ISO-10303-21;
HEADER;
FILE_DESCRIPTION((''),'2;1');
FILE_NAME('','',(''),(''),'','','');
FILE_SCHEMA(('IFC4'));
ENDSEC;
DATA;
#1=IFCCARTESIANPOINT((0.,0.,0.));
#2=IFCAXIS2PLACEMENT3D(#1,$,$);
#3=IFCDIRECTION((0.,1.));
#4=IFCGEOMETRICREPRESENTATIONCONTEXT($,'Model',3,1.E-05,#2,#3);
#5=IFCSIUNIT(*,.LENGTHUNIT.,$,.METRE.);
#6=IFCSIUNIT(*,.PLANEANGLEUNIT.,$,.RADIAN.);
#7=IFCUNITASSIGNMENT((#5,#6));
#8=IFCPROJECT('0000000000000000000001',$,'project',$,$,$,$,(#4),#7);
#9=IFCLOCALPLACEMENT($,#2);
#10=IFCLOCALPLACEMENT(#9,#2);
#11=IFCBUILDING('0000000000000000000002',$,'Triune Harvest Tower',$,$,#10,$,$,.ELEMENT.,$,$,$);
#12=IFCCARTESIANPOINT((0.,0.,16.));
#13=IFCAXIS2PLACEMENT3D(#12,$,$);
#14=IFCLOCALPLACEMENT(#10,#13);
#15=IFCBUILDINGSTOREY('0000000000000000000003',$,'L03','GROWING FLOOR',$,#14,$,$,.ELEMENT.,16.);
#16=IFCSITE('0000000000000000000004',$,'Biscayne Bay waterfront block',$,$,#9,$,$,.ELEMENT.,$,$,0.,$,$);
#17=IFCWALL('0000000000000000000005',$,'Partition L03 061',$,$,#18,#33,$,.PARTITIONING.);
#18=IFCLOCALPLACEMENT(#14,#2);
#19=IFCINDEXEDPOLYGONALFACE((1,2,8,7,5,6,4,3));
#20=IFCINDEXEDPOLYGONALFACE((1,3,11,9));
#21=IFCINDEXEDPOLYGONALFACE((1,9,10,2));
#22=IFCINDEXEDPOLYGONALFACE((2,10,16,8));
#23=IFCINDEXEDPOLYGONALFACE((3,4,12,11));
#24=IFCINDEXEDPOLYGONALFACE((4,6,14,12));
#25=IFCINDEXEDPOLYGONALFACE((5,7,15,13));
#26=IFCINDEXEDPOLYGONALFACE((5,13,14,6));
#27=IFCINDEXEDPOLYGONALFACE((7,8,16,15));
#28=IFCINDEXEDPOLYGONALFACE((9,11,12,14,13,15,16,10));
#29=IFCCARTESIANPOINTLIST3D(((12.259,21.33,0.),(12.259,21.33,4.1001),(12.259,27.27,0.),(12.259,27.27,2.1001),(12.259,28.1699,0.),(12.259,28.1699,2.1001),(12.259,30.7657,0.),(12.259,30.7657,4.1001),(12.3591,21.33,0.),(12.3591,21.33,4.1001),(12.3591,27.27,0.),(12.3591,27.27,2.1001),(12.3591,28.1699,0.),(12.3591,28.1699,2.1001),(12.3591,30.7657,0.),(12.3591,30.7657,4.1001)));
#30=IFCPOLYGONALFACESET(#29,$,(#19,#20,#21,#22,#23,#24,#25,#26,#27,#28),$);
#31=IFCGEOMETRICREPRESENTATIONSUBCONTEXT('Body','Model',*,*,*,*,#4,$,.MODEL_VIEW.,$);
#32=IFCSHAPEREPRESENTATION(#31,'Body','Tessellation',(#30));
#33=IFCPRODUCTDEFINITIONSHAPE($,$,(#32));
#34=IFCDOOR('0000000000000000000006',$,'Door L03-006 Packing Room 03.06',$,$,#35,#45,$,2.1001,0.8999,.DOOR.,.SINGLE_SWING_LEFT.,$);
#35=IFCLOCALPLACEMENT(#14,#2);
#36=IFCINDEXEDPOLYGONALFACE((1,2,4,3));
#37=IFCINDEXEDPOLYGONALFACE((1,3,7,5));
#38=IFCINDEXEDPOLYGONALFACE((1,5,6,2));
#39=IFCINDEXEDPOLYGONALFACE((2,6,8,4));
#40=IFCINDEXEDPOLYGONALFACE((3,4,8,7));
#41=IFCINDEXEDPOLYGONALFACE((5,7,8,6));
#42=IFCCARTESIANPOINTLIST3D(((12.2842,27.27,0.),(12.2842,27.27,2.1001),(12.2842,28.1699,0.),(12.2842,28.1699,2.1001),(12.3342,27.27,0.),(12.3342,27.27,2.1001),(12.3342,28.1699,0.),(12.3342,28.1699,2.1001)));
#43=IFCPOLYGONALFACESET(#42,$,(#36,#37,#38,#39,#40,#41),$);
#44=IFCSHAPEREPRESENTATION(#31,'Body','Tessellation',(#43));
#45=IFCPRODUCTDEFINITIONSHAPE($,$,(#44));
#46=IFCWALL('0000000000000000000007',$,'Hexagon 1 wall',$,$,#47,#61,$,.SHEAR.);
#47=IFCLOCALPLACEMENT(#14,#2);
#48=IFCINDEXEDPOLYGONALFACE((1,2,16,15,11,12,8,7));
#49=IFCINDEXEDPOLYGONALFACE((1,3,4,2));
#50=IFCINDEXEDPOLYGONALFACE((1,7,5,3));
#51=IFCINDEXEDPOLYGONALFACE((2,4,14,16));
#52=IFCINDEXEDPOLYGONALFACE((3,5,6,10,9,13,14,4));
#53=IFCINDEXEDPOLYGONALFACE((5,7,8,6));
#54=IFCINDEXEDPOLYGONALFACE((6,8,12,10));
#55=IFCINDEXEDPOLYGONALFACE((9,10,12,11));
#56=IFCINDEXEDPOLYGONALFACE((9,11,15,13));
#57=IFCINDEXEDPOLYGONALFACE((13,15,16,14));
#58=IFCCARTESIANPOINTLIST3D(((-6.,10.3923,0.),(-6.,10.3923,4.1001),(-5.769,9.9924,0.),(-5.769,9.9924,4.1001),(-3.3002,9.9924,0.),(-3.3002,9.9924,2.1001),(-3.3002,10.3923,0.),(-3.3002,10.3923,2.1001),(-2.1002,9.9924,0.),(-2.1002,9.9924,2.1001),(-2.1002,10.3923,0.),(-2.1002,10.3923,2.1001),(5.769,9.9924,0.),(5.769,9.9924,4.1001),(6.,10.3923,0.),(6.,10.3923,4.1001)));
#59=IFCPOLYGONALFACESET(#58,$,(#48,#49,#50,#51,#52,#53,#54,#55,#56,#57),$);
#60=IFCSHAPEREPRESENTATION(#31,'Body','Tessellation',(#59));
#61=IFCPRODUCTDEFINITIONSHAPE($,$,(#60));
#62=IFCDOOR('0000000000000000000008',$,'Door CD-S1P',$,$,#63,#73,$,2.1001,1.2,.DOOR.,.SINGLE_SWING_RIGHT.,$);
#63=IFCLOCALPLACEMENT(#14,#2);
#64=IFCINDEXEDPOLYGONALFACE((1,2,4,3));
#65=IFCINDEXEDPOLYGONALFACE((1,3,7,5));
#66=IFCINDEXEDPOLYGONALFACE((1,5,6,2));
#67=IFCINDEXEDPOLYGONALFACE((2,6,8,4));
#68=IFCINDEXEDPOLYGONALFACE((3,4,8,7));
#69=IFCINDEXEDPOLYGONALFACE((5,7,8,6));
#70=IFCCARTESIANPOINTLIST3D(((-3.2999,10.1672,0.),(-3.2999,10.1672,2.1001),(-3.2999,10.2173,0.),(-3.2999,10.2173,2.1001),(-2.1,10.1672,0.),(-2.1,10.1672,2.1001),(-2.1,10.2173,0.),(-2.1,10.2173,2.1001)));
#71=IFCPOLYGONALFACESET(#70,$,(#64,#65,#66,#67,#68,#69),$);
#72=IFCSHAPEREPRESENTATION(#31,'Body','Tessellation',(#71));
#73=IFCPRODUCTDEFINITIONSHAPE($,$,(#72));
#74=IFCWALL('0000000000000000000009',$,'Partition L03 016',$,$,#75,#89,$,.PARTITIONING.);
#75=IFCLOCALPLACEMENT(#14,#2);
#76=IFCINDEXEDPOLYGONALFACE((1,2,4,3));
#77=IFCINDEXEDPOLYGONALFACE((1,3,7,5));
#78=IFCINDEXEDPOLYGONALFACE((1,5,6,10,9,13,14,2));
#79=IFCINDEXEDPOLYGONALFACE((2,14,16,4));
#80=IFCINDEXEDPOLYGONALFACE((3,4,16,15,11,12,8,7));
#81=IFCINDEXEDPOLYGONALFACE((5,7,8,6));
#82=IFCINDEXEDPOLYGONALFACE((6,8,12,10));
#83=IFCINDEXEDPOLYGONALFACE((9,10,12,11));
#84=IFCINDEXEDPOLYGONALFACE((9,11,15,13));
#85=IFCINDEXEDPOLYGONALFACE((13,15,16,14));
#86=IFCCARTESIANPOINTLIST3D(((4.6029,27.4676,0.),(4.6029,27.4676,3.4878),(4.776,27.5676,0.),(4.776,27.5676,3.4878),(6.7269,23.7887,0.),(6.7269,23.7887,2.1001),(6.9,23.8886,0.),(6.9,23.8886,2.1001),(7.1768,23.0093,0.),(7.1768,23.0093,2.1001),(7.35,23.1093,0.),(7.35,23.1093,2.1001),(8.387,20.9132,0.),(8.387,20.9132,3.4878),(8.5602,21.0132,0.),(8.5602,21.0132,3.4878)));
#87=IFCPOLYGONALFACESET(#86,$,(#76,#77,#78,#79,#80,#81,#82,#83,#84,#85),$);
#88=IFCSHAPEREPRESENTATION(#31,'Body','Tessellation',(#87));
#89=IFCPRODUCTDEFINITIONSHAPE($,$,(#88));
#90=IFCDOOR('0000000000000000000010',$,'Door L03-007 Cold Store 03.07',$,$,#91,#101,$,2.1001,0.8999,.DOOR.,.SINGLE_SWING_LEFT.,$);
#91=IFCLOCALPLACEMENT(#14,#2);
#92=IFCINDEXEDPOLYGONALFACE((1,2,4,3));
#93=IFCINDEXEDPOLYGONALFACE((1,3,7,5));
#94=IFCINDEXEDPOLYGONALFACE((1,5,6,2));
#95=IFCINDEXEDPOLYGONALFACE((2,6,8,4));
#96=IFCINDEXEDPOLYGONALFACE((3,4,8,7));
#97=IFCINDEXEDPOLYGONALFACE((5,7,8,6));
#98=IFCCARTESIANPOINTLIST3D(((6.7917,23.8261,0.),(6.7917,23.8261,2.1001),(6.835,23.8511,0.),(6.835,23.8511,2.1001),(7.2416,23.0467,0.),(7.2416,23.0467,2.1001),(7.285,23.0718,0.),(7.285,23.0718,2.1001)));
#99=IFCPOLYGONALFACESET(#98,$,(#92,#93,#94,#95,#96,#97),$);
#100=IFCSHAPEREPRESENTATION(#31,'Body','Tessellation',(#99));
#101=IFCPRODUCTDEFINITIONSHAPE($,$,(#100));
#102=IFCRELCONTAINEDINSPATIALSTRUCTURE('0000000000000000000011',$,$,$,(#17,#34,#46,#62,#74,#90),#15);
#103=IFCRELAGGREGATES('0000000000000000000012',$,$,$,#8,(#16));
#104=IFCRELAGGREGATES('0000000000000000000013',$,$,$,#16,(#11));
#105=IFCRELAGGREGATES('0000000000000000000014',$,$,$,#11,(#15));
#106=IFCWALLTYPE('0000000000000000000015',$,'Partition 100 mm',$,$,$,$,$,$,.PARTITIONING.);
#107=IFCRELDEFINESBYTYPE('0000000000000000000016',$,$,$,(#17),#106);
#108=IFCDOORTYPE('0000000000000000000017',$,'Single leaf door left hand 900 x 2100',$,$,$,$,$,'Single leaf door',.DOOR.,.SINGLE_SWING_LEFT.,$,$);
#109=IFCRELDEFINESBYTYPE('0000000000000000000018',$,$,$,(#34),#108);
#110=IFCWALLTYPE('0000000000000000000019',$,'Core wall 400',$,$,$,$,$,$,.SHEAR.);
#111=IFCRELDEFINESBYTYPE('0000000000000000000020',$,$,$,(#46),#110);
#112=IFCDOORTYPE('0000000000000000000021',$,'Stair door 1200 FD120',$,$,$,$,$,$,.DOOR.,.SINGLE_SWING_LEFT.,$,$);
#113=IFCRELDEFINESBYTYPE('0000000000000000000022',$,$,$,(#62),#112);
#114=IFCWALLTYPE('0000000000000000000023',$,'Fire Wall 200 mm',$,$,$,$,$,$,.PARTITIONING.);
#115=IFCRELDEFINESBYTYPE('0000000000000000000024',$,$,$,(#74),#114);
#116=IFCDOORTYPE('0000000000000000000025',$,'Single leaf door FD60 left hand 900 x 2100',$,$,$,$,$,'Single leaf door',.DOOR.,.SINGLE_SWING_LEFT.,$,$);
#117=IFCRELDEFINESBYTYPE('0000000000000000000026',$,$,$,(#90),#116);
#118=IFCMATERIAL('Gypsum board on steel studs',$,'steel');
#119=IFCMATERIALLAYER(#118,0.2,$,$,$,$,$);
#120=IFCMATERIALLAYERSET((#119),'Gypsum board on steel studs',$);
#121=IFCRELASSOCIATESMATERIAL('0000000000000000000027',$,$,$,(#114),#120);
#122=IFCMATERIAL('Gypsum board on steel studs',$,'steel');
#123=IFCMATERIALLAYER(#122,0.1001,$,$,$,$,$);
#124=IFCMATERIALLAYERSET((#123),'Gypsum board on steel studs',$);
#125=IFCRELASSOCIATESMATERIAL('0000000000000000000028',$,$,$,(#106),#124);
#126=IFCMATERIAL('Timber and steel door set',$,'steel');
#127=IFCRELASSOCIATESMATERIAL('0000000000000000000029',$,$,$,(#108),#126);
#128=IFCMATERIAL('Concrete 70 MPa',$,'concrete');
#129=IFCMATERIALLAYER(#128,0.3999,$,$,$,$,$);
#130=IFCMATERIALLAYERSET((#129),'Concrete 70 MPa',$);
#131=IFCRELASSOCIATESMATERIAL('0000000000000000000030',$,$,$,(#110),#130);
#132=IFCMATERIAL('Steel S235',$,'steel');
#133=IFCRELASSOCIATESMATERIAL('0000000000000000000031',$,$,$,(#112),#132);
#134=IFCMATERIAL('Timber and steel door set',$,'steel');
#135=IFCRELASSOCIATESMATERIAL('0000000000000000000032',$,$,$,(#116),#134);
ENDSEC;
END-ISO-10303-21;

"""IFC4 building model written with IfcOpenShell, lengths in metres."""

from ifc_helpers import new_model, si_unit, direction, frame, frame_2d, origin, place, context, subcontext, project, spatial, polyline, rectangle, outline, extrude, source, transform, mapped, material, layer, layer_set, type_object, element, fill, save


model = new_model("IFC4")

# Units and contexts
model_context = context("Model", 3, precision=1e-05, world=origin(), true_north=direction((0.0, 1.0)))
body_context = subcontext(model_context, "Body", "Model", "MODEL_VIEW")
ifc_project = project(units=[si_unit("LENGTHUNIT", "METRE"), si_unit("PLANEANGLEUNIT", "RADIAN")], contexts=[model_context])

# Site, building, storey
site_placement = place(None, origin())
site = spatial("IfcSite", under=ifc_project, at=site_placement, Name="Biscayne Bay waterfront block", CompositionType="ELEMENT", RefElevation=0.0)
building_placement = place(site_placement, origin())
building = spatial("IfcBuilding", under=site, at=building_placement, Name="Triune Harvest Tower", CompositionType="ELEMENT")
storey_placement = place(building_placement, frame((0.0, 0.0, 16.0)))
storey = spatial("IfcBuildingStorey", under=building, at=storey_placement, Name="L03", Description="GROWING FLOOR", CompositionType="ELEMENT", Elevation=16.0)

# Shared definitions
ifc_material_1 = material(Name="Gypsum board on steel studs", Category="steel")
ifc_layer_1 = layer(ifc_material_1, 0.2)
ifc_layer_set_1 = layer_set([ifc_layer_1], Name="Gypsum board on steel studs")
wall_type_1 = type_object("IfcWallType", Name="Fire Wall 200 mm", PredefinedType="PARTITIONING", material=ifc_layer_set_1)

# Walls, openings, doors
ifc_material_2 = material(Name="Gypsum board on steel studs", Category="steel")
ifc_layer_2 = layer(ifc_material_2, 0.1001)
ifc_layer_set_2 = layer_set([ifc_layer_2], Name="Gypsum board on steel studs")
wall_type_2 = type_object("IfcWallType", Name="Partition 100 mm", PredefinedType="PARTITIONING", material=ifc_layer_set_2)
wall_1_placement = place(storey_placement, frame((12.3091, 21.3301, 0.0), z_axis=(0.0, 0.0, 1.0), x_axis=(0.0, 1.0, 0.0)))
wall_1 = element("IfcWall", 1, at=wall_1_placement, inside=storey, type_object=wall_type_2, Name="Partition L03 061", PredefinedType="PARTITIONING", context=body_context, shape_type="SweptSolid", body=[
    extrude(rectangle(XDim=9.4358, YDim=0.1001, at=frame_2d((4.7178, 0.0))), origin(), (0.0, 0.0, 1.0), 4.1001),
])
opening_1_placement = place(wall_1_placement, frame((5.9399, 0.0, 0.0)))
opening_1 = element("IfcOpeningElement", 2, at=opening_1_placement, cuts=wall_1, PredefinedType="OPENING", context=body_context, shape_type="SweptSolid", body=[
    extrude(rectangle(XDim=0.8999, YDim=2.1001, at=frame_2d((0.45, 1.05))), frame((0.0, 0.0601, 0.0), z_axis=(0.0, -1.0, 0.0), x_axis=(1.0, 0.0, 0.0)), (0.0, 0.0, 1.0), 0.1201),
])
ifc_material_3 = material(Name="Timber and steel door set", Category="steel")
door_type_1 = type_object("IfcDoorType", Name="Single leaf door left hand 900 x 2100", ElementType="Single leaf door", OperationType="SINGLE_SWING_LEFT", PredefinedType="DOOR", material=ifc_material_3)
door_1_placement = place(opening_1_placement, origin())
door_1 = element("IfcDoor", 3, at=door_1_placement, inside=storey, type_object=door_type_1, Name="Door L03-006 Packing Room 03.06", OperationType="SINGLE_SWING_LEFT", OverallHeight=2.1001, OverallWidth=0.8999, PredefinedType="DOOR", context=body_context, shape_type="SweptSolid", body=[
    extrude(rectangle(XDim=0.8999, YDim=2.1001, at=frame_2d((0.45, 1.05))), frame((0.0, 0.0249, 0.0), z_axis=(0.0, -1.0, 0.0), x_axis=(1.0, 0.0, 0.0)), (0.0, 0.0, 1.0), 0.05),
])
fill(opening_1, door_1)
ifc_material_4 = material(Name="Concrete 70 MPa", Category="concrete")
ifc_layer_3 = layer(ifc_material_4, 0.3999)
ifc_layer_set_3 = layer_set([ifc_layer_3], Name="Concrete 70 MPa")
wall_type_3 = type_object("IfcWallType", Name="Core wall 400", PredefinedType="SHEAR", material=ifc_layer_set_3)
shared_shape_1 = source(origin(), body_context, "Body", "SweptSolid", [
    extrude(outline(polyline([(-0.1155, -0.2), (11.8845, -0.2), (11.6536, 0.2), (0.1155, 0.2), (-0.1155, -0.2)])), origin(), (0.0, 0.0, 1.0), 4.1001),
])
wall_2_placement = place(storey_placement, frame((5.8845, 10.1924, 0.0), z_axis=(0.0, 0.0, 1.0), x_axis=(-1.0, 0.0, 0.0)))
wall_2 = element("IfcWall", 4, at=wall_2_placement, inside=storey, type_object=wall_type_3, Name="Hexagon 1 wall", PredefinedType="SHEAR", context=body_context, shape_type="MappedRepresentation", body=[
    mapped(shared_shape_1, transform((0.0, 0.0, 0.0), scale=1.0)),
])
opening_2_placement = place(wall_2_placement, frame((7.9846, 0.0, 0.0)))
opening_2 = element("IfcOpeningElement", 5, at=opening_2_placement, cuts=wall_2, PredefinedType="OPENING", context=body_context, shape_type="SweptSolid", body=[
    extrude(rectangle(XDim=1.2, YDim=2.1001, at=frame_2d((0.6001, 1.05))), frame((0.0, 0.21, 0.0), z_axis=(0.0, -1.0, 0.0), x_axis=(1.0, 0.0, 0.0)), (0.0, 0.0, 1.0), 0.4199),
])
ifc_material_5 = material(Name="Steel S235", Category="steel")
door_type_2 = type_object("IfcDoorType", Name="Stair door 1200 FD120", OperationType="SINGLE_SWING_LEFT", PredefinedType="DOOR", material=ifc_material_5)
door_2_placement = place(opening_2_placement, frame((1.2, 0.0, 0.0), z_axis=(0.0, 0.0, 1.0), x_axis=(-1.0, 0.0, 0.0)))
door_2 = element("IfcDoor", 6, at=door_2_placement, inside=storey, type_object=door_type_2, Name="Door CD-S1P", OperationType="SINGLE_SWING_RIGHT", OverallHeight=2.1001, OverallWidth=1.2, PredefinedType="DOOR", context=body_context, shape_type="SweptSolid", body=[
    extrude(rectangle(XDim=1.2, YDim=2.1001, at=frame_2d((0.6001, 1.05))), frame((0.0, 0.0249, 0.0), z_axis=(0.0, -1.0, 0.0), x_axis=(1.0, 0.0, 0.0)), (0.0, 0.0, 1.0), 0.05),
])
fill(opening_2, door_2)
shared_shape_2 = source(origin(), body_context, "Body", "SweptSolid", [
    extrude(rectangle(XDim=7.5684, YDim=0.2, at=frame_2d((3.7842, 0.0))), origin(), (0.0, 0.0, 1.0), 3.4878),
])
wall_3_placement = place(storey_placement, frame((4.6895, 27.5176, 0.0), z_axis=(0.0, 0.0, 1.0), x_axis=(0.499997, -0.866027, 0.0)))
wall_3 = element("IfcWall", 7, at=wall_3_placement, inside=storey, type_object=wall_type_1, Name="Partition L03 016", PredefinedType="PARTITIONING", context=body_context, shape_type="MappedRepresentation", body=[
    mapped(shared_shape_2, transform((0.0, 0.0, 0.0), scale=1.0)),
])
opening_3_placement = place(wall_3_placement, frame((4.248, 0.0, 0.0)))
opening_3 = element("IfcOpeningElement", 8, at=opening_3_placement, cuts=wall_3, PredefinedType="OPENING", context=body_context, shape_type="SweptSolid", body=[
    extrude(rectangle(XDim=0.8999, YDim=2.1001, at=frame_2d((0.45, 1.05))), frame((0.0, 0.1099, 0.0), z_axis=(0.0, -1.0, 0.0), x_axis=(1.0, 0.0, 0.0)), (0.0, 0.0, 1.0), 0.22),
])
ifc_material_6 = material(Name="Timber and steel door set", Category="steel")
door_type_3 = type_object("IfcDoorType", Name="Single leaf door FD60 left hand 900 x 2100", ElementType="Single leaf door", OperationType="SINGLE_SWING_LEFT", PredefinedType="DOOR", material=ifc_material_6)
door_3_placement = place(opening_3_placement, origin())
door_3 = element("IfcDoor", 9, at=door_3_placement, inside=storey, type_object=door_type_3, Name="Door L03-007 Cold Store 03.07", OperationType="SINGLE_SWING_LEFT", OverallHeight=2.1001, OverallWidth=0.8999, PredefinedType="DOOR", context=body_context, shape_type="SweptSolid", body=[
    extrude(rectangle(XDim=0.8999, YDim=2.1001, at=frame_2d((0.45, 1.05))), frame((0.0, 0.0249, 0.0), z_axis=(0.0, -1.0, 0.0), x_axis=(1.0, 0.0, 0.0)), (0.0, 0.0, 1.0), 0.05),
])
fill(opening_3, door_3)

save(model, "model.ifc")
